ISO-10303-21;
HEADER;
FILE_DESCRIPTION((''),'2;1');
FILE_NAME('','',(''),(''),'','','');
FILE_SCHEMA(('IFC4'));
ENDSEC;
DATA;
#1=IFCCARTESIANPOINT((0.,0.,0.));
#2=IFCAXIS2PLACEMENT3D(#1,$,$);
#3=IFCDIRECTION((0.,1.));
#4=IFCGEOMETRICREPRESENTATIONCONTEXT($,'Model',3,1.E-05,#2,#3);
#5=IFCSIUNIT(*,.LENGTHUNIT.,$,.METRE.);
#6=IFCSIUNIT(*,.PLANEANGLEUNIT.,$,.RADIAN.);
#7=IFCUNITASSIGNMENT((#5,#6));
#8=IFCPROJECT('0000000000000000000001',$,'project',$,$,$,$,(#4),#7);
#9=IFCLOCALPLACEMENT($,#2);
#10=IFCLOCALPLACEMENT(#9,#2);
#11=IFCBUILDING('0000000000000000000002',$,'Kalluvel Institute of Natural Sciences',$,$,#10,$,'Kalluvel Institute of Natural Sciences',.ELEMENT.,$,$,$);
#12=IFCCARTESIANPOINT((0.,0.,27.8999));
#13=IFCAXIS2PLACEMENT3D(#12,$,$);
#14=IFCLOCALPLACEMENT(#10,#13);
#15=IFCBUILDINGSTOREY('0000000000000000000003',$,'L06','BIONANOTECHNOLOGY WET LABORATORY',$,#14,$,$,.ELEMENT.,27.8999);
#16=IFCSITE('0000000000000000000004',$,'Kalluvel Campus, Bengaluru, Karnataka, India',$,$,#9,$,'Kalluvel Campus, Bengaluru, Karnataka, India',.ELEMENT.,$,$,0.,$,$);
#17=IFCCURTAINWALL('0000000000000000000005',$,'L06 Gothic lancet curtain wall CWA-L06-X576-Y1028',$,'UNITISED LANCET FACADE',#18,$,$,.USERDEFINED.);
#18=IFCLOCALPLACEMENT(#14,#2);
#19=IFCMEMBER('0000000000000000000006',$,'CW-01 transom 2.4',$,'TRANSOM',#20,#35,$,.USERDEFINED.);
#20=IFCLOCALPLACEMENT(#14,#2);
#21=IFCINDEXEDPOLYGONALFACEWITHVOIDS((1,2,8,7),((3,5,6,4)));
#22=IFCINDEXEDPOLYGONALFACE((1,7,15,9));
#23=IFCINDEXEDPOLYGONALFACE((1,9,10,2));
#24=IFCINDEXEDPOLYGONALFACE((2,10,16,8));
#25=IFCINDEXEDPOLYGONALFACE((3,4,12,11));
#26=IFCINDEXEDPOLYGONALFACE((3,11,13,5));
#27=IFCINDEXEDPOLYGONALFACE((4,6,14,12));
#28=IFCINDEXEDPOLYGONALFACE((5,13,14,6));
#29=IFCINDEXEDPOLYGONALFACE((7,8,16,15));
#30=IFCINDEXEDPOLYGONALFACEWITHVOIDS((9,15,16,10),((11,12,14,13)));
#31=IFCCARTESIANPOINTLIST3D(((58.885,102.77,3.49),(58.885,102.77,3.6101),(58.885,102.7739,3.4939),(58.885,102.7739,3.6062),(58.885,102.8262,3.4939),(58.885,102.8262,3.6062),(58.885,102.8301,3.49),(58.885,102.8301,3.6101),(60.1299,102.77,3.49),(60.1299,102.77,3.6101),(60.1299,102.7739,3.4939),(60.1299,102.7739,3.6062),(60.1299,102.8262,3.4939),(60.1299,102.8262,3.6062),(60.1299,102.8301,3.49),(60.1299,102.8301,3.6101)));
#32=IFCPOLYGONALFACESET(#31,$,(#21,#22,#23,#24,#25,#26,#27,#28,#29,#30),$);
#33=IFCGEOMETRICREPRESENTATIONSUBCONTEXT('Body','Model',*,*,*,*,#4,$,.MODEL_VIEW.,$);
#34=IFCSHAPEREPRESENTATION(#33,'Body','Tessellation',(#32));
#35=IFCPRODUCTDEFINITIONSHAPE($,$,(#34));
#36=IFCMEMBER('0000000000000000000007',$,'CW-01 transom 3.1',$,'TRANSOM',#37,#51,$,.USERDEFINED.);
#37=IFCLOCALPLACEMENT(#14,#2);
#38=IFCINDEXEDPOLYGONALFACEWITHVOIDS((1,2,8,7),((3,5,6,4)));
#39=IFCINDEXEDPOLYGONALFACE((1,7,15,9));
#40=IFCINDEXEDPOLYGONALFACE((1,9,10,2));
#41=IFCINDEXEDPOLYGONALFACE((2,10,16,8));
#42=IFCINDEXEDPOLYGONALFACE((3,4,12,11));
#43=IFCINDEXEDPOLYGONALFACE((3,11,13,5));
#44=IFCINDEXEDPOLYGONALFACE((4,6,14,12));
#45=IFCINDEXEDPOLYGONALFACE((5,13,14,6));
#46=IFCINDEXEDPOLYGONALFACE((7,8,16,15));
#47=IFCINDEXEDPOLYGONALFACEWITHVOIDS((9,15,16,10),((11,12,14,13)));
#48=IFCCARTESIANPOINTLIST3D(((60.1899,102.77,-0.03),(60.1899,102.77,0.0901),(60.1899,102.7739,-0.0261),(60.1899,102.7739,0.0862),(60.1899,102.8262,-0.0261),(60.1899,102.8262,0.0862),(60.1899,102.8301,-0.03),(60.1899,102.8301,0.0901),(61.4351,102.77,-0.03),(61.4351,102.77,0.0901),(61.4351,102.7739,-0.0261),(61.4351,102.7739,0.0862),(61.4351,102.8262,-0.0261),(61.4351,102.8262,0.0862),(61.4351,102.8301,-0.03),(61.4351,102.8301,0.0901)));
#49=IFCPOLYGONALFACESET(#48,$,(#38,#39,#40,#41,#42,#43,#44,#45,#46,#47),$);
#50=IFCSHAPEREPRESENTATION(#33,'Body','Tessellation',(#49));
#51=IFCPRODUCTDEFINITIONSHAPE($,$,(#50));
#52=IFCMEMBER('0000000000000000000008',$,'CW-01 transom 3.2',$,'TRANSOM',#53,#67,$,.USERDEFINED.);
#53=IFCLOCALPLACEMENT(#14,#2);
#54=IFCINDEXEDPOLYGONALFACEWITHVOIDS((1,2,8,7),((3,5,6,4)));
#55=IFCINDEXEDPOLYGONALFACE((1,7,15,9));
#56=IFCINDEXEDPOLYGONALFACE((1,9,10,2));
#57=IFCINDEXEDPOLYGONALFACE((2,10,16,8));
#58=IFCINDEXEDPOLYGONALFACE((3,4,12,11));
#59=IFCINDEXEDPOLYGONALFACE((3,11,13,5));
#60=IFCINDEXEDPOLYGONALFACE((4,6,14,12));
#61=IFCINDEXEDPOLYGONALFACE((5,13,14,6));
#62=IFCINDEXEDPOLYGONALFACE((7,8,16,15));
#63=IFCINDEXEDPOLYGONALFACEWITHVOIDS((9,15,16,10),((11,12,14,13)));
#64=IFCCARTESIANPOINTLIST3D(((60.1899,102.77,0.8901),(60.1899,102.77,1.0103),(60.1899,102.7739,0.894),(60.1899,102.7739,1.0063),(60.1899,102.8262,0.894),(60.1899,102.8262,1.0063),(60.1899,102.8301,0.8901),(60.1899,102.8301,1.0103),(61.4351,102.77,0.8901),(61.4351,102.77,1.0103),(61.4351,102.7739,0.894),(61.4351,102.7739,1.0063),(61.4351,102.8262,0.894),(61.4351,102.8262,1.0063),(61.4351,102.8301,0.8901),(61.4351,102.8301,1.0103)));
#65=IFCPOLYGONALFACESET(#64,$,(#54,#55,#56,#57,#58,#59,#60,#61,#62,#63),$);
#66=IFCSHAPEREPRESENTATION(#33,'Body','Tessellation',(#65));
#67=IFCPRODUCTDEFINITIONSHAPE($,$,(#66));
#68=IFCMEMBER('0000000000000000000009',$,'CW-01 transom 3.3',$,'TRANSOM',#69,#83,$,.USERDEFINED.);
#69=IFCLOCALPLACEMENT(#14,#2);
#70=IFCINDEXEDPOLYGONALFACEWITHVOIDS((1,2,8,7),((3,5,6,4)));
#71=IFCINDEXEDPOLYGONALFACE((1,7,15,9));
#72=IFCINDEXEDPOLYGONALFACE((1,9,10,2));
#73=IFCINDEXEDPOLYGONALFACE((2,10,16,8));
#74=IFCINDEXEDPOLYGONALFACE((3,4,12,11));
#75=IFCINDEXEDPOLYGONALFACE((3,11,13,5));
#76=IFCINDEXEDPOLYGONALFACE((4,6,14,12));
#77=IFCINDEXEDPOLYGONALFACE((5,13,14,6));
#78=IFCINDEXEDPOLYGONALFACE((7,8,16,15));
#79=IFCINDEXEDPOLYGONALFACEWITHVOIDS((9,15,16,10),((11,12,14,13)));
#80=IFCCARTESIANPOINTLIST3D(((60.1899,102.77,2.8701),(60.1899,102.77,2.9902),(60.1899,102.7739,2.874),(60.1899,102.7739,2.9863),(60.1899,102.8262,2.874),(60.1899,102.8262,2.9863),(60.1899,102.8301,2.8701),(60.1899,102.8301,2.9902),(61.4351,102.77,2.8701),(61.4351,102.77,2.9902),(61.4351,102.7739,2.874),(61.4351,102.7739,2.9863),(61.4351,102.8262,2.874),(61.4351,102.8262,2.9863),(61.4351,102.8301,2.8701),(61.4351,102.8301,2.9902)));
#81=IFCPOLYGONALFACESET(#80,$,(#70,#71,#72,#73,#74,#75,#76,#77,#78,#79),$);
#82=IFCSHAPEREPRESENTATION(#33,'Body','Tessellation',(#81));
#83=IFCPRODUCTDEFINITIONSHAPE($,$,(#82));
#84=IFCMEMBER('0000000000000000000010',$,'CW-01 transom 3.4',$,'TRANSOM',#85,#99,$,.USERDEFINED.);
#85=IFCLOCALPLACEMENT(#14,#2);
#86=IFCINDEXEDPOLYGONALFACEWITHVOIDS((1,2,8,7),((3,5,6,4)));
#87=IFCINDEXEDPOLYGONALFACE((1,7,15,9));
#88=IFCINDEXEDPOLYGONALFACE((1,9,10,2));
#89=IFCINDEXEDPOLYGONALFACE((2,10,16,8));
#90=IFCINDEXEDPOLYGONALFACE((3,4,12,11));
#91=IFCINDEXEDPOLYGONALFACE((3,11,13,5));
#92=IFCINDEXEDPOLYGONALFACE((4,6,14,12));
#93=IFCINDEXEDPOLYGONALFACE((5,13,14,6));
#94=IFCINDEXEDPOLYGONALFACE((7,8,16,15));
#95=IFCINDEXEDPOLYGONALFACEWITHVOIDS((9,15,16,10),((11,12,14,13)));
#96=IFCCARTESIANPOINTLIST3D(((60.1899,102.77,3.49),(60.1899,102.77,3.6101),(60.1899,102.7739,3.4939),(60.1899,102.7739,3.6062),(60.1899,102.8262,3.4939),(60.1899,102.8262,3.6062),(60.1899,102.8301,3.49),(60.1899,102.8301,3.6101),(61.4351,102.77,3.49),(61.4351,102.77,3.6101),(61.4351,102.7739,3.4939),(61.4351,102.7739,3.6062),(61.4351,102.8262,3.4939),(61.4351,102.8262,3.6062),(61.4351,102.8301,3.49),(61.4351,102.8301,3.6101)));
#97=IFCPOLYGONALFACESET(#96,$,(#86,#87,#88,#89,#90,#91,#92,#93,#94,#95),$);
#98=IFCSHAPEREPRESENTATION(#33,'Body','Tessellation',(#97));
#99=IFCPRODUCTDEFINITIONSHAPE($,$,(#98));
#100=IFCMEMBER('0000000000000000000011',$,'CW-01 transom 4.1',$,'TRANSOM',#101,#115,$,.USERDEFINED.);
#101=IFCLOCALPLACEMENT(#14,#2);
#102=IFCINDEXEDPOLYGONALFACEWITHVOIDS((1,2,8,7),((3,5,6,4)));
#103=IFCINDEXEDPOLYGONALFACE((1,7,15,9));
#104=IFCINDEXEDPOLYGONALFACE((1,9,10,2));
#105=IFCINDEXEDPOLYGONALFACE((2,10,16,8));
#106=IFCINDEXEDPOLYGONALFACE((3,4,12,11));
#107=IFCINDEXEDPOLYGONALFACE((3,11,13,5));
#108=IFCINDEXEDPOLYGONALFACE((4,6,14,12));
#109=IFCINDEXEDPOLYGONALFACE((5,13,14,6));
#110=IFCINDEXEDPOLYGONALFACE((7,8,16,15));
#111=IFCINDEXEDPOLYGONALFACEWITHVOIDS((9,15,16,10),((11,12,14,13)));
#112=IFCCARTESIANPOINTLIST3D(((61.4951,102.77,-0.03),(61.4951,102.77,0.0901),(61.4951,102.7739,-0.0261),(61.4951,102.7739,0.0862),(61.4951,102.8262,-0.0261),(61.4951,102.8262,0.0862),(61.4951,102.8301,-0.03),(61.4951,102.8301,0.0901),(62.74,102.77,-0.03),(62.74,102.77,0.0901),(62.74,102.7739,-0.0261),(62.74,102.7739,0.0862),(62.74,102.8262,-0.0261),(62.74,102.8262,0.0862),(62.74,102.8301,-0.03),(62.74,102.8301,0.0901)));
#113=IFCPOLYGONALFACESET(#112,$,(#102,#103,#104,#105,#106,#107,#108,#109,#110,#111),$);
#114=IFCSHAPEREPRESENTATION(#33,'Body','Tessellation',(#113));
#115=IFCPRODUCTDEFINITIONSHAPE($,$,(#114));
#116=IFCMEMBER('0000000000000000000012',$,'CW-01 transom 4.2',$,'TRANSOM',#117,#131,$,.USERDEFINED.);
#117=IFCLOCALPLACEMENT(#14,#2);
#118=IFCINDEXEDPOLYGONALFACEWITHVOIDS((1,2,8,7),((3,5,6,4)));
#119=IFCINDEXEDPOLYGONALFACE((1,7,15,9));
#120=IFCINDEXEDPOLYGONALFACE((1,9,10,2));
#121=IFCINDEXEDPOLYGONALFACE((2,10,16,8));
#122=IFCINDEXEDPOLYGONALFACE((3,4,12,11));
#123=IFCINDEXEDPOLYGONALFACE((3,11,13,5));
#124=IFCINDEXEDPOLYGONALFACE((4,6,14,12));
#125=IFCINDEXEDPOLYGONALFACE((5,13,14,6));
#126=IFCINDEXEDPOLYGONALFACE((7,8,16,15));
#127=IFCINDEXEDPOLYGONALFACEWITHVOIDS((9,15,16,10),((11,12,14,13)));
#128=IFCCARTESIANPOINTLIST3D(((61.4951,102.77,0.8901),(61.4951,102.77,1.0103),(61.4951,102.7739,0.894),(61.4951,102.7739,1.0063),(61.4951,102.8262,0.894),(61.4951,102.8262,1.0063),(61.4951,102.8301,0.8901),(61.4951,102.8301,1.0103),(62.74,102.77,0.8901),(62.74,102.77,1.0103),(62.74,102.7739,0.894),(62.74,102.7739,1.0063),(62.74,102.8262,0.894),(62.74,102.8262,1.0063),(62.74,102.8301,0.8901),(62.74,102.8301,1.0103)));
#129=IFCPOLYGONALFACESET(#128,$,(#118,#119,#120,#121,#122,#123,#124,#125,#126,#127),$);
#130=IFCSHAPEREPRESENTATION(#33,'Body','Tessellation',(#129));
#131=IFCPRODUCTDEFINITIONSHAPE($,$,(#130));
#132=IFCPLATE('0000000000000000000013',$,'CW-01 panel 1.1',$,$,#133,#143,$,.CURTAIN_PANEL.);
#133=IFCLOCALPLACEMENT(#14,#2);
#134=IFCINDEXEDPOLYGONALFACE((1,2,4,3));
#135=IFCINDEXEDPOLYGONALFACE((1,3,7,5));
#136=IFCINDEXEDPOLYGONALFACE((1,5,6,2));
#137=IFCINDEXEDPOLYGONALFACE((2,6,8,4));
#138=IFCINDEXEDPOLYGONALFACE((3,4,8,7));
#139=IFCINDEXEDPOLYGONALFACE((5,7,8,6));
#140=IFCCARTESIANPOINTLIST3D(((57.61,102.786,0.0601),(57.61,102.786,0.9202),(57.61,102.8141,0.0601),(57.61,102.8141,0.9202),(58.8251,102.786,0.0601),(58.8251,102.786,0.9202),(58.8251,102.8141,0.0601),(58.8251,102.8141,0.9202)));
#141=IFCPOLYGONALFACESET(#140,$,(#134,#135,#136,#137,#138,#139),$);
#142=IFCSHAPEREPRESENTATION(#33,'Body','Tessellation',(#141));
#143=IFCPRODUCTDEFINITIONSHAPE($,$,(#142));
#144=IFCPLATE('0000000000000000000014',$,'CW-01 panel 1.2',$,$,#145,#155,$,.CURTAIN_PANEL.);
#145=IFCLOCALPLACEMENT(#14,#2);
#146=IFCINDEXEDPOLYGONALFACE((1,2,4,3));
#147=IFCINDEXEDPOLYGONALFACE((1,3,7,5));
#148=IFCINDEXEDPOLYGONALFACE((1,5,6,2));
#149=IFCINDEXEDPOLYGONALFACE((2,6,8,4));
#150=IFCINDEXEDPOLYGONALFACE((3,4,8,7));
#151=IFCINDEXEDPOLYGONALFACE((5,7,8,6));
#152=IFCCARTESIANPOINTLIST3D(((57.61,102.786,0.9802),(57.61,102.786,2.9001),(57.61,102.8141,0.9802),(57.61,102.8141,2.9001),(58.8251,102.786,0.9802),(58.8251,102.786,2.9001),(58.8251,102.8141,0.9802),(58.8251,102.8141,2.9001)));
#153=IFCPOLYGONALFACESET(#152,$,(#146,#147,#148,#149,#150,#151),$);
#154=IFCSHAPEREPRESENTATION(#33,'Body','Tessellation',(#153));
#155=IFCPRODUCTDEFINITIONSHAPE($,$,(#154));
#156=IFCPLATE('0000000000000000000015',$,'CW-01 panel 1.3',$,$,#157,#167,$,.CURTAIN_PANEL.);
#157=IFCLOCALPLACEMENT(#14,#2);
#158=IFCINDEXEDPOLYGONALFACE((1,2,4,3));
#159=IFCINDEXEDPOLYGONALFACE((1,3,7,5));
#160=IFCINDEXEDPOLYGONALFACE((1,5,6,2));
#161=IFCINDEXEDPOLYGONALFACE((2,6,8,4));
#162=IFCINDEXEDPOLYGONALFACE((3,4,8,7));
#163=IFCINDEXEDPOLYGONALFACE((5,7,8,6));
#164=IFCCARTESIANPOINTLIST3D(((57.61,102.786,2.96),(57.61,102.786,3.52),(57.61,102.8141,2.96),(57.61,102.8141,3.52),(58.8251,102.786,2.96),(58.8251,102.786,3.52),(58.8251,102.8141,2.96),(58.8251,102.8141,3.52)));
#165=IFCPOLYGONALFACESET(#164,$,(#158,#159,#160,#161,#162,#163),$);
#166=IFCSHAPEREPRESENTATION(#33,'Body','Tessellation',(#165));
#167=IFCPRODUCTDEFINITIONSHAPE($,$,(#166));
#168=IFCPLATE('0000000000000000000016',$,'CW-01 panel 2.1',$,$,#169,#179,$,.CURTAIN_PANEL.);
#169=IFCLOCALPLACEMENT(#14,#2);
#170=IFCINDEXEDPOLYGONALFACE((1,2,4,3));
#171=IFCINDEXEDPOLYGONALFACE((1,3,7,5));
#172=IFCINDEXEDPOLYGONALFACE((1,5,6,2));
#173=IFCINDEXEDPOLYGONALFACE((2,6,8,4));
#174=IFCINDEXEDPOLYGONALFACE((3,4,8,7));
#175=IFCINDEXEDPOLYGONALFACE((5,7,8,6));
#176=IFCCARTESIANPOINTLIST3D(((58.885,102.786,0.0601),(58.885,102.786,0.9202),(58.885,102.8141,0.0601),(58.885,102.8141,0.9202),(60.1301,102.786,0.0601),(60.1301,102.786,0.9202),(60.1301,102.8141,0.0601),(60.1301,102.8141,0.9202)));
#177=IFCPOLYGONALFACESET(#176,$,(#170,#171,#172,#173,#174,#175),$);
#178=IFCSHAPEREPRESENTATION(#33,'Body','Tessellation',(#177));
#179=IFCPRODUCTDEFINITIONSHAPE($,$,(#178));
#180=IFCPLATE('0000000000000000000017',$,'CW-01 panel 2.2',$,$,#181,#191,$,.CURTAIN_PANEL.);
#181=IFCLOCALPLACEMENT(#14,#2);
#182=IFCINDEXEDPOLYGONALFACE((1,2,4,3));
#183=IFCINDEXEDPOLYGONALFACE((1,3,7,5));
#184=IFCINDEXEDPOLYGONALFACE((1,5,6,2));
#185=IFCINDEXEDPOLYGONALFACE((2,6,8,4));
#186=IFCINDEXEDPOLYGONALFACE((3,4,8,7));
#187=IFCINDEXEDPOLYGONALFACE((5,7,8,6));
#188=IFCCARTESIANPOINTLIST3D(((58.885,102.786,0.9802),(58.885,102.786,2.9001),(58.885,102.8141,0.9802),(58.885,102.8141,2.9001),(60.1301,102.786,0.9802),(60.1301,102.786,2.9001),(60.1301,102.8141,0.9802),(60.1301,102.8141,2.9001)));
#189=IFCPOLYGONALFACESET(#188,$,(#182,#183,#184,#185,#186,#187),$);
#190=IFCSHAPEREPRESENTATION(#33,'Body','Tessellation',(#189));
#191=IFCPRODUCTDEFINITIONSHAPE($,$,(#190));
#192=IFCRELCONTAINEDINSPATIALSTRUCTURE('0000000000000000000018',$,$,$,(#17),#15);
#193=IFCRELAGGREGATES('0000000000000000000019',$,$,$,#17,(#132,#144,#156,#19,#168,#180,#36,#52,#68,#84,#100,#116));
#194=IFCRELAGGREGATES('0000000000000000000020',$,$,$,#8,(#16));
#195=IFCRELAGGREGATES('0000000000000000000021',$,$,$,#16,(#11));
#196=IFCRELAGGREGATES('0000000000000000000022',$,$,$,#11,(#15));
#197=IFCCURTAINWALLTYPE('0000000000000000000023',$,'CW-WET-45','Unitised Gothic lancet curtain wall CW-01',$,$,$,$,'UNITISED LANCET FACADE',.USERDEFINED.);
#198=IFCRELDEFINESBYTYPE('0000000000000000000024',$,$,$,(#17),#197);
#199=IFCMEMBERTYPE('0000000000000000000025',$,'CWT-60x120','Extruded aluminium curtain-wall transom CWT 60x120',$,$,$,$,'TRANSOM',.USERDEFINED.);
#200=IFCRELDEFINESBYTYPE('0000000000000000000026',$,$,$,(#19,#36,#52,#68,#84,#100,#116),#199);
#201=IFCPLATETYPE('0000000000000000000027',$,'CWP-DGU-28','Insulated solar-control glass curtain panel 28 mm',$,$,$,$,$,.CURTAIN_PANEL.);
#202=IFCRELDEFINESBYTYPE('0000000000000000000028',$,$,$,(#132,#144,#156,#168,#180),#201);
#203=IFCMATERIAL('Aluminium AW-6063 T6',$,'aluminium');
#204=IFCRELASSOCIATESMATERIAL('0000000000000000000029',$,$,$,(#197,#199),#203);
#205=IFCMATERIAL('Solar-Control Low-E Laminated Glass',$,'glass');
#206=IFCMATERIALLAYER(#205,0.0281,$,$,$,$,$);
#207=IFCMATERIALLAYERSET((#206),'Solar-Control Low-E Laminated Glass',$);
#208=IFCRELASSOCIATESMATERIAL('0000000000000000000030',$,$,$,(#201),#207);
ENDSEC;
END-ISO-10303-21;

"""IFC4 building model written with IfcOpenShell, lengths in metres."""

from ifc_helpers import new_model, si_unit, direction, frame, origin, origin_2d, place, context, subcontext, project, spatial, rectangle, hollow_rectangle, extrude, material, layer, layer_set, material_profile, profile_set, type_object, element, aggregate, save


model = new_model("IFC4")

# Units and contexts
model_context = context("Model", 3, precision=1e-05, world=origin(), true_north=direction((0.0, 1.0)))
body_context = subcontext(model_context, "Body", "Model", "MODEL_VIEW")
ifc_project = project(units=[si_unit("LENGTHUNIT", "METRE"), si_unit("PLANEANGLEUNIT", "RADIAN")], contexts=[model_context])

# Site, building, storey
site_placement = place(None, origin())
site = spatial("IfcSite", under=ifc_project, at=site_placement, Name="Kalluvel Campus, Bengaluru, Karnataka, India", LongName="Kalluvel Campus, Bengaluru, Karnataka, India", CompositionType="ELEMENT", RefElevation=0.0)
building_placement = place(site_placement, origin())
building = spatial("IfcBuilding", under=site, at=building_placement, Name="Kalluvel Institute of Natural Sciences", LongName="Kalluvel Institute of Natural Sciences", CompositionType="ELEMENT")
storey_placement = place(building_placement, frame((0.0, 0.0, 27.8999)))
storey = spatial("IfcBuildingStorey", under=building, at=storey_placement, Name="L06", Description="BIONANOTECHNOLOGY WET LABORATORY", CompositionType="ELEMENT", Elevation=27.8999)

# Curtain wall, members, plates
ifc_material_1 = material(Name="Aluminium AW-6063 T6", Category="aluminium")
curtain_wall_type = type_object("IfcCurtainWallType", Name="CW-WET-45", Description="Unitised Gothic lancet curtain wall CW-01", ElementType="UNITISED LANCET FACADE", PredefinedType="USERDEFINED", material=ifc_material_1)
curtain_wall_placement = place(storey_placement, origin())
curtain_wall = element("IfcCurtainWall", 1, at=curtain_wall_placement, inside=storey, type_object=curtain_wall_type, Name="L06 Gothic lancet curtain wall CWA-L06-X576-Y1028", ObjectType="UNITISED LANCET FACADE", PredefinedType="USERDEFINED")
ifc_material_profile_1 = material_profile(ifc_material_1, hollow_rectangle(XDim=0.0601, YDim=0.1201, WallThickness=0.0039, at=origin_2d()), Name="CWT 60x120")
ifc_profile_set_1 = profile_set([ifc_material_profile_1], Name="Aluminium AW-6063 T6")
member_type_1 = type_object("IfcMemberType", Name="CWT-60x120", Description="Extruded aluminium curtain-wall transom CWT 60x120", ElementType="TRANSOM", PredefinedType="USERDEFINED", material=ifc_profile_set_1)
member_1_placement = place(storey_placement, frame((58.885, 102.8, 3.55), z_axis=(1.0, 0.0, 0.0), x_axis=(0.0, 1.0, 0.0)))
member_1 = element("IfcMember", 2, at=member_1_placement, type_object=member_type_1, Name="CW-01 transom 2.4", ObjectType="TRANSOM", PredefinedType="USERDEFINED", context=body_context, shape_type="SweptSolid", body=[
    extrude(hollow_rectangle(XDim=0.0601, YDim=0.1201, WallThickness=0.0039, at=origin_2d()), origin(), (0.0, 0.0, 1.0), 1.2449),
])
member_2_placement = place(storey_placement, frame((60.1899, 102.8, 0.03), z_axis=(1.0, 0.0, 0.0), x_axis=(0.0, 1.0, 0.0)))
member_2 = element("IfcMember", 3, at=member_2_placement, type_object=member_type_1, Name="CW-01 transom 3.1", ObjectType="TRANSOM", PredefinedType="USERDEFINED", context=body_context, shape_type="SweptSolid", body=[
    extrude(hollow_rectangle(XDim=0.0601, YDim=0.1201, WallThickness=0.0039, at=origin_2d()), origin(), (0.0, 0.0, 1.0), 1.2451),
])
member_3_placement = place(storey_placement, frame((60.1899, 102.8, 0.9502), z_axis=(1.0, 0.0, 0.0), x_axis=(0.0, 1.0, 0.0)))
member_3 = element("IfcMember", 4, at=member_3_placement, type_object=member_type_1, Name="CW-01 transom 3.2", ObjectType="TRANSOM", PredefinedType="USERDEFINED", context=body_context, shape_type="SweptSolid", body=[
    extrude(hollow_rectangle(XDim=0.0601, YDim=0.1201, WallThickness=0.0039, at=origin_2d()), origin(), (0.0, 0.0, 1.0), 1.2451),
])
member_4_placement = place(storey_placement, frame((60.1899, 102.8, 2.9302), z_axis=(1.0, 0.0, 0.0), x_axis=(0.0, 1.0, 0.0)))
member_4 = element("IfcMember", 5, at=member_4_placement, type_object=member_type_1, Name="CW-01 transom 3.3", ObjectType="TRANSOM", PredefinedType="USERDEFINED", context=body_context, shape_type="SweptSolid", body=[
    extrude(hollow_rectangle(XDim=0.0601, YDim=0.1201, WallThickness=0.0039, at=origin_2d()), origin(), (0.0, 0.0, 1.0), 1.2451),
])
member_5_placement = place(storey_placement, frame((60.1899, 102.8, 3.55), z_axis=(1.0, 0.0, 0.0), x_axis=(0.0, 1.0, 0.0)))
member_5 = element("IfcMember", 6, at=member_5_placement, type_object=member_type_1, Name="CW-01 transom 3.4", ObjectType="TRANSOM", PredefinedType="USERDEFINED", context=body_context, shape_type="SweptSolid", body=[
    extrude(hollow_rectangle(XDim=0.0601, YDim=0.1201, WallThickness=0.0039, at=origin_2d()), origin(), (0.0, 0.0, 1.0), 1.2451),
])
member_6_placement = place(storey_placement, frame((61.4951, 102.8, 0.03), z_axis=(1.0, 0.0, 0.0), x_axis=(0.0, 1.0, 0.0)))
member_6 = element("IfcMember", 7, at=member_6_placement, type_object=member_type_1, Name="CW-01 transom 4.1", ObjectType="TRANSOM", PredefinedType="USERDEFINED", context=body_context, shape_type="SweptSolid", body=[
    extrude(hollow_rectangle(XDim=0.0601, YDim=0.1201, WallThickness=0.0039, at=origin_2d()), origin(), (0.0, 0.0, 1.0), 1.2449),
])
member_7_placement = place(storey_placement, frame((61.4951, 102.8, 0.9502), z_axis=(1.0, 0.0, 0.0), x_axis=(0.0, 1.0, 0.0)))
member_7 = element("IfcMember", 8, at=member_7_placement, type_object=member_type_1, Name="CW-01 transom 4.2", ObjectType="TRANSOM", PredefinedType="USERDEFINED", context=body_context, shape_type="SweptSolid", body=[
    extrude(hollow_rectangle(XDim=0.0601, YDim=0.1201, WallThickness=0.0039, at=origin_2d()), origin(), (0.0, 0.0, 1.0), 1.2449),
])
ifc_material_2 = material(Name="Solar-Control Low-E Laminated Glass", Category="glass")
ifc_layer = layer(ifc_material_2, 0.0281)
ifc_layer_set = layer_set([ifc_layer], Name="Solar-Control Low-E Laminated Glass")
plate_type = type_object("IfcPlateType", Name="CWP-DGU-28", Description="Insulated solar-control glass curtain panel 28 mm", PredefinedType="CURTAIN_PANEL", material=ifc_layer_set)
plate_1_placement = place(storey_placement, frame((58.2175, 102.8, 0.0601), z_axis=(0.0, 0.0, 1.0), x_axis=(1.0, 0.0, 0.0)))
plate_1 = element("IfcPlate", 9, at=plate_1_placement, type_object=plate_type, Name="CW-01 panel 1.1", PredefinedType="CURTAIN_PANEL", context=body_context, shape_type="SweptSolid", body=[
    extrude(rectangle(XDim=1.2151, YDim=0.0281, at=origin_2d()), origin(), (0.0, 0.0, 1.0), 0.8601),
])
plate_2_placement = place(storey_placement, frame((58.2175, 102.8, 0.9802), z_axis=(0.0, 0.0, 1.0), x_axis=(1.0, 0.0, 0.0)))
plate_2 = element("IfcPlate", 10, at=plate_2_placement, type_object=plate_type, Name="CW-01 panel 1.2", PredefinedType="CURTAIN_PANEL", context=body_context, shape_type="SweptSolid", body=[
    extrude(rectangle(XDim=1.2151, YDim=0.0281, at=origin_2d()), origin(), (0.0, 0.0, 1.0), 1.9199),
])
plate_3_placement = place(storey_placement, frame((58.2175, 102.8, 2.96), z_axis=(0.0, 0.0, 1.0), x_axis=(1.0, 0.0, 0.0)))
plate_3 = element("IfcPlate", 11, at=plate_3_placement, type_object=plate_type, Name="CW-01 panel 1.3", PredefinedType="CURTAIN_PANEL", context=body_context, shape_type="SweptSolid", body=[
    extrude(rectangle(XDim=1.2151, YDim=0.0281, at=origin_2d()), origin(), (0.0, 0.0, 1.0), 0.5601),
])
plate_4_placement = place(storey_placement, frame((59.5076, 102.8, 0.0601), z_axis=(0.0, 0.0, 1.0), x_axis=(1.0, 0.0, 0.0)))
plate_4 = element("IfcPlate", 12, at=plate_4_placement, type_object=plate_type, Name="CW-01 panel 2.1", PredefinedType="CURTAIN_PANEL", context=body_context, shape_type="SweptSolid", body=[
    extrude(rectangle(XDim=1.2451, YDim=0.0281, at=origin_2d()), origin(), (0.0, 0.0, 1.0), 0.8601),
])
plate_5_placement = place(storey_placement, frame((59.5076, 102.8, 0.9802), z_axis=(0.0, 0.0, 1.0), x_axis=(1.0, 0.0, 0.0)))
plate_5 = element("IfcPlate", 13, at=plate_5_placement, type_object=plate_type, Name="CW-01 panel 2.2", PredefinedType="CURTAIN_PANEL", context=body_context, shape_type="SweptSolid", body=[
    extrude(rectangle(XDim=1.2451, YDim=0.0281, at=origin_2d()), origin(), (0.0, 0.0, 1.0), 1.9199),
])
aggregate(curtain_wall, [plate_1, plate_2, plate_3, member_1, plate_4, plate_5, member_2, member_3, member_4, member_5, member_6, member_7])

save(model, "model.ifc")
